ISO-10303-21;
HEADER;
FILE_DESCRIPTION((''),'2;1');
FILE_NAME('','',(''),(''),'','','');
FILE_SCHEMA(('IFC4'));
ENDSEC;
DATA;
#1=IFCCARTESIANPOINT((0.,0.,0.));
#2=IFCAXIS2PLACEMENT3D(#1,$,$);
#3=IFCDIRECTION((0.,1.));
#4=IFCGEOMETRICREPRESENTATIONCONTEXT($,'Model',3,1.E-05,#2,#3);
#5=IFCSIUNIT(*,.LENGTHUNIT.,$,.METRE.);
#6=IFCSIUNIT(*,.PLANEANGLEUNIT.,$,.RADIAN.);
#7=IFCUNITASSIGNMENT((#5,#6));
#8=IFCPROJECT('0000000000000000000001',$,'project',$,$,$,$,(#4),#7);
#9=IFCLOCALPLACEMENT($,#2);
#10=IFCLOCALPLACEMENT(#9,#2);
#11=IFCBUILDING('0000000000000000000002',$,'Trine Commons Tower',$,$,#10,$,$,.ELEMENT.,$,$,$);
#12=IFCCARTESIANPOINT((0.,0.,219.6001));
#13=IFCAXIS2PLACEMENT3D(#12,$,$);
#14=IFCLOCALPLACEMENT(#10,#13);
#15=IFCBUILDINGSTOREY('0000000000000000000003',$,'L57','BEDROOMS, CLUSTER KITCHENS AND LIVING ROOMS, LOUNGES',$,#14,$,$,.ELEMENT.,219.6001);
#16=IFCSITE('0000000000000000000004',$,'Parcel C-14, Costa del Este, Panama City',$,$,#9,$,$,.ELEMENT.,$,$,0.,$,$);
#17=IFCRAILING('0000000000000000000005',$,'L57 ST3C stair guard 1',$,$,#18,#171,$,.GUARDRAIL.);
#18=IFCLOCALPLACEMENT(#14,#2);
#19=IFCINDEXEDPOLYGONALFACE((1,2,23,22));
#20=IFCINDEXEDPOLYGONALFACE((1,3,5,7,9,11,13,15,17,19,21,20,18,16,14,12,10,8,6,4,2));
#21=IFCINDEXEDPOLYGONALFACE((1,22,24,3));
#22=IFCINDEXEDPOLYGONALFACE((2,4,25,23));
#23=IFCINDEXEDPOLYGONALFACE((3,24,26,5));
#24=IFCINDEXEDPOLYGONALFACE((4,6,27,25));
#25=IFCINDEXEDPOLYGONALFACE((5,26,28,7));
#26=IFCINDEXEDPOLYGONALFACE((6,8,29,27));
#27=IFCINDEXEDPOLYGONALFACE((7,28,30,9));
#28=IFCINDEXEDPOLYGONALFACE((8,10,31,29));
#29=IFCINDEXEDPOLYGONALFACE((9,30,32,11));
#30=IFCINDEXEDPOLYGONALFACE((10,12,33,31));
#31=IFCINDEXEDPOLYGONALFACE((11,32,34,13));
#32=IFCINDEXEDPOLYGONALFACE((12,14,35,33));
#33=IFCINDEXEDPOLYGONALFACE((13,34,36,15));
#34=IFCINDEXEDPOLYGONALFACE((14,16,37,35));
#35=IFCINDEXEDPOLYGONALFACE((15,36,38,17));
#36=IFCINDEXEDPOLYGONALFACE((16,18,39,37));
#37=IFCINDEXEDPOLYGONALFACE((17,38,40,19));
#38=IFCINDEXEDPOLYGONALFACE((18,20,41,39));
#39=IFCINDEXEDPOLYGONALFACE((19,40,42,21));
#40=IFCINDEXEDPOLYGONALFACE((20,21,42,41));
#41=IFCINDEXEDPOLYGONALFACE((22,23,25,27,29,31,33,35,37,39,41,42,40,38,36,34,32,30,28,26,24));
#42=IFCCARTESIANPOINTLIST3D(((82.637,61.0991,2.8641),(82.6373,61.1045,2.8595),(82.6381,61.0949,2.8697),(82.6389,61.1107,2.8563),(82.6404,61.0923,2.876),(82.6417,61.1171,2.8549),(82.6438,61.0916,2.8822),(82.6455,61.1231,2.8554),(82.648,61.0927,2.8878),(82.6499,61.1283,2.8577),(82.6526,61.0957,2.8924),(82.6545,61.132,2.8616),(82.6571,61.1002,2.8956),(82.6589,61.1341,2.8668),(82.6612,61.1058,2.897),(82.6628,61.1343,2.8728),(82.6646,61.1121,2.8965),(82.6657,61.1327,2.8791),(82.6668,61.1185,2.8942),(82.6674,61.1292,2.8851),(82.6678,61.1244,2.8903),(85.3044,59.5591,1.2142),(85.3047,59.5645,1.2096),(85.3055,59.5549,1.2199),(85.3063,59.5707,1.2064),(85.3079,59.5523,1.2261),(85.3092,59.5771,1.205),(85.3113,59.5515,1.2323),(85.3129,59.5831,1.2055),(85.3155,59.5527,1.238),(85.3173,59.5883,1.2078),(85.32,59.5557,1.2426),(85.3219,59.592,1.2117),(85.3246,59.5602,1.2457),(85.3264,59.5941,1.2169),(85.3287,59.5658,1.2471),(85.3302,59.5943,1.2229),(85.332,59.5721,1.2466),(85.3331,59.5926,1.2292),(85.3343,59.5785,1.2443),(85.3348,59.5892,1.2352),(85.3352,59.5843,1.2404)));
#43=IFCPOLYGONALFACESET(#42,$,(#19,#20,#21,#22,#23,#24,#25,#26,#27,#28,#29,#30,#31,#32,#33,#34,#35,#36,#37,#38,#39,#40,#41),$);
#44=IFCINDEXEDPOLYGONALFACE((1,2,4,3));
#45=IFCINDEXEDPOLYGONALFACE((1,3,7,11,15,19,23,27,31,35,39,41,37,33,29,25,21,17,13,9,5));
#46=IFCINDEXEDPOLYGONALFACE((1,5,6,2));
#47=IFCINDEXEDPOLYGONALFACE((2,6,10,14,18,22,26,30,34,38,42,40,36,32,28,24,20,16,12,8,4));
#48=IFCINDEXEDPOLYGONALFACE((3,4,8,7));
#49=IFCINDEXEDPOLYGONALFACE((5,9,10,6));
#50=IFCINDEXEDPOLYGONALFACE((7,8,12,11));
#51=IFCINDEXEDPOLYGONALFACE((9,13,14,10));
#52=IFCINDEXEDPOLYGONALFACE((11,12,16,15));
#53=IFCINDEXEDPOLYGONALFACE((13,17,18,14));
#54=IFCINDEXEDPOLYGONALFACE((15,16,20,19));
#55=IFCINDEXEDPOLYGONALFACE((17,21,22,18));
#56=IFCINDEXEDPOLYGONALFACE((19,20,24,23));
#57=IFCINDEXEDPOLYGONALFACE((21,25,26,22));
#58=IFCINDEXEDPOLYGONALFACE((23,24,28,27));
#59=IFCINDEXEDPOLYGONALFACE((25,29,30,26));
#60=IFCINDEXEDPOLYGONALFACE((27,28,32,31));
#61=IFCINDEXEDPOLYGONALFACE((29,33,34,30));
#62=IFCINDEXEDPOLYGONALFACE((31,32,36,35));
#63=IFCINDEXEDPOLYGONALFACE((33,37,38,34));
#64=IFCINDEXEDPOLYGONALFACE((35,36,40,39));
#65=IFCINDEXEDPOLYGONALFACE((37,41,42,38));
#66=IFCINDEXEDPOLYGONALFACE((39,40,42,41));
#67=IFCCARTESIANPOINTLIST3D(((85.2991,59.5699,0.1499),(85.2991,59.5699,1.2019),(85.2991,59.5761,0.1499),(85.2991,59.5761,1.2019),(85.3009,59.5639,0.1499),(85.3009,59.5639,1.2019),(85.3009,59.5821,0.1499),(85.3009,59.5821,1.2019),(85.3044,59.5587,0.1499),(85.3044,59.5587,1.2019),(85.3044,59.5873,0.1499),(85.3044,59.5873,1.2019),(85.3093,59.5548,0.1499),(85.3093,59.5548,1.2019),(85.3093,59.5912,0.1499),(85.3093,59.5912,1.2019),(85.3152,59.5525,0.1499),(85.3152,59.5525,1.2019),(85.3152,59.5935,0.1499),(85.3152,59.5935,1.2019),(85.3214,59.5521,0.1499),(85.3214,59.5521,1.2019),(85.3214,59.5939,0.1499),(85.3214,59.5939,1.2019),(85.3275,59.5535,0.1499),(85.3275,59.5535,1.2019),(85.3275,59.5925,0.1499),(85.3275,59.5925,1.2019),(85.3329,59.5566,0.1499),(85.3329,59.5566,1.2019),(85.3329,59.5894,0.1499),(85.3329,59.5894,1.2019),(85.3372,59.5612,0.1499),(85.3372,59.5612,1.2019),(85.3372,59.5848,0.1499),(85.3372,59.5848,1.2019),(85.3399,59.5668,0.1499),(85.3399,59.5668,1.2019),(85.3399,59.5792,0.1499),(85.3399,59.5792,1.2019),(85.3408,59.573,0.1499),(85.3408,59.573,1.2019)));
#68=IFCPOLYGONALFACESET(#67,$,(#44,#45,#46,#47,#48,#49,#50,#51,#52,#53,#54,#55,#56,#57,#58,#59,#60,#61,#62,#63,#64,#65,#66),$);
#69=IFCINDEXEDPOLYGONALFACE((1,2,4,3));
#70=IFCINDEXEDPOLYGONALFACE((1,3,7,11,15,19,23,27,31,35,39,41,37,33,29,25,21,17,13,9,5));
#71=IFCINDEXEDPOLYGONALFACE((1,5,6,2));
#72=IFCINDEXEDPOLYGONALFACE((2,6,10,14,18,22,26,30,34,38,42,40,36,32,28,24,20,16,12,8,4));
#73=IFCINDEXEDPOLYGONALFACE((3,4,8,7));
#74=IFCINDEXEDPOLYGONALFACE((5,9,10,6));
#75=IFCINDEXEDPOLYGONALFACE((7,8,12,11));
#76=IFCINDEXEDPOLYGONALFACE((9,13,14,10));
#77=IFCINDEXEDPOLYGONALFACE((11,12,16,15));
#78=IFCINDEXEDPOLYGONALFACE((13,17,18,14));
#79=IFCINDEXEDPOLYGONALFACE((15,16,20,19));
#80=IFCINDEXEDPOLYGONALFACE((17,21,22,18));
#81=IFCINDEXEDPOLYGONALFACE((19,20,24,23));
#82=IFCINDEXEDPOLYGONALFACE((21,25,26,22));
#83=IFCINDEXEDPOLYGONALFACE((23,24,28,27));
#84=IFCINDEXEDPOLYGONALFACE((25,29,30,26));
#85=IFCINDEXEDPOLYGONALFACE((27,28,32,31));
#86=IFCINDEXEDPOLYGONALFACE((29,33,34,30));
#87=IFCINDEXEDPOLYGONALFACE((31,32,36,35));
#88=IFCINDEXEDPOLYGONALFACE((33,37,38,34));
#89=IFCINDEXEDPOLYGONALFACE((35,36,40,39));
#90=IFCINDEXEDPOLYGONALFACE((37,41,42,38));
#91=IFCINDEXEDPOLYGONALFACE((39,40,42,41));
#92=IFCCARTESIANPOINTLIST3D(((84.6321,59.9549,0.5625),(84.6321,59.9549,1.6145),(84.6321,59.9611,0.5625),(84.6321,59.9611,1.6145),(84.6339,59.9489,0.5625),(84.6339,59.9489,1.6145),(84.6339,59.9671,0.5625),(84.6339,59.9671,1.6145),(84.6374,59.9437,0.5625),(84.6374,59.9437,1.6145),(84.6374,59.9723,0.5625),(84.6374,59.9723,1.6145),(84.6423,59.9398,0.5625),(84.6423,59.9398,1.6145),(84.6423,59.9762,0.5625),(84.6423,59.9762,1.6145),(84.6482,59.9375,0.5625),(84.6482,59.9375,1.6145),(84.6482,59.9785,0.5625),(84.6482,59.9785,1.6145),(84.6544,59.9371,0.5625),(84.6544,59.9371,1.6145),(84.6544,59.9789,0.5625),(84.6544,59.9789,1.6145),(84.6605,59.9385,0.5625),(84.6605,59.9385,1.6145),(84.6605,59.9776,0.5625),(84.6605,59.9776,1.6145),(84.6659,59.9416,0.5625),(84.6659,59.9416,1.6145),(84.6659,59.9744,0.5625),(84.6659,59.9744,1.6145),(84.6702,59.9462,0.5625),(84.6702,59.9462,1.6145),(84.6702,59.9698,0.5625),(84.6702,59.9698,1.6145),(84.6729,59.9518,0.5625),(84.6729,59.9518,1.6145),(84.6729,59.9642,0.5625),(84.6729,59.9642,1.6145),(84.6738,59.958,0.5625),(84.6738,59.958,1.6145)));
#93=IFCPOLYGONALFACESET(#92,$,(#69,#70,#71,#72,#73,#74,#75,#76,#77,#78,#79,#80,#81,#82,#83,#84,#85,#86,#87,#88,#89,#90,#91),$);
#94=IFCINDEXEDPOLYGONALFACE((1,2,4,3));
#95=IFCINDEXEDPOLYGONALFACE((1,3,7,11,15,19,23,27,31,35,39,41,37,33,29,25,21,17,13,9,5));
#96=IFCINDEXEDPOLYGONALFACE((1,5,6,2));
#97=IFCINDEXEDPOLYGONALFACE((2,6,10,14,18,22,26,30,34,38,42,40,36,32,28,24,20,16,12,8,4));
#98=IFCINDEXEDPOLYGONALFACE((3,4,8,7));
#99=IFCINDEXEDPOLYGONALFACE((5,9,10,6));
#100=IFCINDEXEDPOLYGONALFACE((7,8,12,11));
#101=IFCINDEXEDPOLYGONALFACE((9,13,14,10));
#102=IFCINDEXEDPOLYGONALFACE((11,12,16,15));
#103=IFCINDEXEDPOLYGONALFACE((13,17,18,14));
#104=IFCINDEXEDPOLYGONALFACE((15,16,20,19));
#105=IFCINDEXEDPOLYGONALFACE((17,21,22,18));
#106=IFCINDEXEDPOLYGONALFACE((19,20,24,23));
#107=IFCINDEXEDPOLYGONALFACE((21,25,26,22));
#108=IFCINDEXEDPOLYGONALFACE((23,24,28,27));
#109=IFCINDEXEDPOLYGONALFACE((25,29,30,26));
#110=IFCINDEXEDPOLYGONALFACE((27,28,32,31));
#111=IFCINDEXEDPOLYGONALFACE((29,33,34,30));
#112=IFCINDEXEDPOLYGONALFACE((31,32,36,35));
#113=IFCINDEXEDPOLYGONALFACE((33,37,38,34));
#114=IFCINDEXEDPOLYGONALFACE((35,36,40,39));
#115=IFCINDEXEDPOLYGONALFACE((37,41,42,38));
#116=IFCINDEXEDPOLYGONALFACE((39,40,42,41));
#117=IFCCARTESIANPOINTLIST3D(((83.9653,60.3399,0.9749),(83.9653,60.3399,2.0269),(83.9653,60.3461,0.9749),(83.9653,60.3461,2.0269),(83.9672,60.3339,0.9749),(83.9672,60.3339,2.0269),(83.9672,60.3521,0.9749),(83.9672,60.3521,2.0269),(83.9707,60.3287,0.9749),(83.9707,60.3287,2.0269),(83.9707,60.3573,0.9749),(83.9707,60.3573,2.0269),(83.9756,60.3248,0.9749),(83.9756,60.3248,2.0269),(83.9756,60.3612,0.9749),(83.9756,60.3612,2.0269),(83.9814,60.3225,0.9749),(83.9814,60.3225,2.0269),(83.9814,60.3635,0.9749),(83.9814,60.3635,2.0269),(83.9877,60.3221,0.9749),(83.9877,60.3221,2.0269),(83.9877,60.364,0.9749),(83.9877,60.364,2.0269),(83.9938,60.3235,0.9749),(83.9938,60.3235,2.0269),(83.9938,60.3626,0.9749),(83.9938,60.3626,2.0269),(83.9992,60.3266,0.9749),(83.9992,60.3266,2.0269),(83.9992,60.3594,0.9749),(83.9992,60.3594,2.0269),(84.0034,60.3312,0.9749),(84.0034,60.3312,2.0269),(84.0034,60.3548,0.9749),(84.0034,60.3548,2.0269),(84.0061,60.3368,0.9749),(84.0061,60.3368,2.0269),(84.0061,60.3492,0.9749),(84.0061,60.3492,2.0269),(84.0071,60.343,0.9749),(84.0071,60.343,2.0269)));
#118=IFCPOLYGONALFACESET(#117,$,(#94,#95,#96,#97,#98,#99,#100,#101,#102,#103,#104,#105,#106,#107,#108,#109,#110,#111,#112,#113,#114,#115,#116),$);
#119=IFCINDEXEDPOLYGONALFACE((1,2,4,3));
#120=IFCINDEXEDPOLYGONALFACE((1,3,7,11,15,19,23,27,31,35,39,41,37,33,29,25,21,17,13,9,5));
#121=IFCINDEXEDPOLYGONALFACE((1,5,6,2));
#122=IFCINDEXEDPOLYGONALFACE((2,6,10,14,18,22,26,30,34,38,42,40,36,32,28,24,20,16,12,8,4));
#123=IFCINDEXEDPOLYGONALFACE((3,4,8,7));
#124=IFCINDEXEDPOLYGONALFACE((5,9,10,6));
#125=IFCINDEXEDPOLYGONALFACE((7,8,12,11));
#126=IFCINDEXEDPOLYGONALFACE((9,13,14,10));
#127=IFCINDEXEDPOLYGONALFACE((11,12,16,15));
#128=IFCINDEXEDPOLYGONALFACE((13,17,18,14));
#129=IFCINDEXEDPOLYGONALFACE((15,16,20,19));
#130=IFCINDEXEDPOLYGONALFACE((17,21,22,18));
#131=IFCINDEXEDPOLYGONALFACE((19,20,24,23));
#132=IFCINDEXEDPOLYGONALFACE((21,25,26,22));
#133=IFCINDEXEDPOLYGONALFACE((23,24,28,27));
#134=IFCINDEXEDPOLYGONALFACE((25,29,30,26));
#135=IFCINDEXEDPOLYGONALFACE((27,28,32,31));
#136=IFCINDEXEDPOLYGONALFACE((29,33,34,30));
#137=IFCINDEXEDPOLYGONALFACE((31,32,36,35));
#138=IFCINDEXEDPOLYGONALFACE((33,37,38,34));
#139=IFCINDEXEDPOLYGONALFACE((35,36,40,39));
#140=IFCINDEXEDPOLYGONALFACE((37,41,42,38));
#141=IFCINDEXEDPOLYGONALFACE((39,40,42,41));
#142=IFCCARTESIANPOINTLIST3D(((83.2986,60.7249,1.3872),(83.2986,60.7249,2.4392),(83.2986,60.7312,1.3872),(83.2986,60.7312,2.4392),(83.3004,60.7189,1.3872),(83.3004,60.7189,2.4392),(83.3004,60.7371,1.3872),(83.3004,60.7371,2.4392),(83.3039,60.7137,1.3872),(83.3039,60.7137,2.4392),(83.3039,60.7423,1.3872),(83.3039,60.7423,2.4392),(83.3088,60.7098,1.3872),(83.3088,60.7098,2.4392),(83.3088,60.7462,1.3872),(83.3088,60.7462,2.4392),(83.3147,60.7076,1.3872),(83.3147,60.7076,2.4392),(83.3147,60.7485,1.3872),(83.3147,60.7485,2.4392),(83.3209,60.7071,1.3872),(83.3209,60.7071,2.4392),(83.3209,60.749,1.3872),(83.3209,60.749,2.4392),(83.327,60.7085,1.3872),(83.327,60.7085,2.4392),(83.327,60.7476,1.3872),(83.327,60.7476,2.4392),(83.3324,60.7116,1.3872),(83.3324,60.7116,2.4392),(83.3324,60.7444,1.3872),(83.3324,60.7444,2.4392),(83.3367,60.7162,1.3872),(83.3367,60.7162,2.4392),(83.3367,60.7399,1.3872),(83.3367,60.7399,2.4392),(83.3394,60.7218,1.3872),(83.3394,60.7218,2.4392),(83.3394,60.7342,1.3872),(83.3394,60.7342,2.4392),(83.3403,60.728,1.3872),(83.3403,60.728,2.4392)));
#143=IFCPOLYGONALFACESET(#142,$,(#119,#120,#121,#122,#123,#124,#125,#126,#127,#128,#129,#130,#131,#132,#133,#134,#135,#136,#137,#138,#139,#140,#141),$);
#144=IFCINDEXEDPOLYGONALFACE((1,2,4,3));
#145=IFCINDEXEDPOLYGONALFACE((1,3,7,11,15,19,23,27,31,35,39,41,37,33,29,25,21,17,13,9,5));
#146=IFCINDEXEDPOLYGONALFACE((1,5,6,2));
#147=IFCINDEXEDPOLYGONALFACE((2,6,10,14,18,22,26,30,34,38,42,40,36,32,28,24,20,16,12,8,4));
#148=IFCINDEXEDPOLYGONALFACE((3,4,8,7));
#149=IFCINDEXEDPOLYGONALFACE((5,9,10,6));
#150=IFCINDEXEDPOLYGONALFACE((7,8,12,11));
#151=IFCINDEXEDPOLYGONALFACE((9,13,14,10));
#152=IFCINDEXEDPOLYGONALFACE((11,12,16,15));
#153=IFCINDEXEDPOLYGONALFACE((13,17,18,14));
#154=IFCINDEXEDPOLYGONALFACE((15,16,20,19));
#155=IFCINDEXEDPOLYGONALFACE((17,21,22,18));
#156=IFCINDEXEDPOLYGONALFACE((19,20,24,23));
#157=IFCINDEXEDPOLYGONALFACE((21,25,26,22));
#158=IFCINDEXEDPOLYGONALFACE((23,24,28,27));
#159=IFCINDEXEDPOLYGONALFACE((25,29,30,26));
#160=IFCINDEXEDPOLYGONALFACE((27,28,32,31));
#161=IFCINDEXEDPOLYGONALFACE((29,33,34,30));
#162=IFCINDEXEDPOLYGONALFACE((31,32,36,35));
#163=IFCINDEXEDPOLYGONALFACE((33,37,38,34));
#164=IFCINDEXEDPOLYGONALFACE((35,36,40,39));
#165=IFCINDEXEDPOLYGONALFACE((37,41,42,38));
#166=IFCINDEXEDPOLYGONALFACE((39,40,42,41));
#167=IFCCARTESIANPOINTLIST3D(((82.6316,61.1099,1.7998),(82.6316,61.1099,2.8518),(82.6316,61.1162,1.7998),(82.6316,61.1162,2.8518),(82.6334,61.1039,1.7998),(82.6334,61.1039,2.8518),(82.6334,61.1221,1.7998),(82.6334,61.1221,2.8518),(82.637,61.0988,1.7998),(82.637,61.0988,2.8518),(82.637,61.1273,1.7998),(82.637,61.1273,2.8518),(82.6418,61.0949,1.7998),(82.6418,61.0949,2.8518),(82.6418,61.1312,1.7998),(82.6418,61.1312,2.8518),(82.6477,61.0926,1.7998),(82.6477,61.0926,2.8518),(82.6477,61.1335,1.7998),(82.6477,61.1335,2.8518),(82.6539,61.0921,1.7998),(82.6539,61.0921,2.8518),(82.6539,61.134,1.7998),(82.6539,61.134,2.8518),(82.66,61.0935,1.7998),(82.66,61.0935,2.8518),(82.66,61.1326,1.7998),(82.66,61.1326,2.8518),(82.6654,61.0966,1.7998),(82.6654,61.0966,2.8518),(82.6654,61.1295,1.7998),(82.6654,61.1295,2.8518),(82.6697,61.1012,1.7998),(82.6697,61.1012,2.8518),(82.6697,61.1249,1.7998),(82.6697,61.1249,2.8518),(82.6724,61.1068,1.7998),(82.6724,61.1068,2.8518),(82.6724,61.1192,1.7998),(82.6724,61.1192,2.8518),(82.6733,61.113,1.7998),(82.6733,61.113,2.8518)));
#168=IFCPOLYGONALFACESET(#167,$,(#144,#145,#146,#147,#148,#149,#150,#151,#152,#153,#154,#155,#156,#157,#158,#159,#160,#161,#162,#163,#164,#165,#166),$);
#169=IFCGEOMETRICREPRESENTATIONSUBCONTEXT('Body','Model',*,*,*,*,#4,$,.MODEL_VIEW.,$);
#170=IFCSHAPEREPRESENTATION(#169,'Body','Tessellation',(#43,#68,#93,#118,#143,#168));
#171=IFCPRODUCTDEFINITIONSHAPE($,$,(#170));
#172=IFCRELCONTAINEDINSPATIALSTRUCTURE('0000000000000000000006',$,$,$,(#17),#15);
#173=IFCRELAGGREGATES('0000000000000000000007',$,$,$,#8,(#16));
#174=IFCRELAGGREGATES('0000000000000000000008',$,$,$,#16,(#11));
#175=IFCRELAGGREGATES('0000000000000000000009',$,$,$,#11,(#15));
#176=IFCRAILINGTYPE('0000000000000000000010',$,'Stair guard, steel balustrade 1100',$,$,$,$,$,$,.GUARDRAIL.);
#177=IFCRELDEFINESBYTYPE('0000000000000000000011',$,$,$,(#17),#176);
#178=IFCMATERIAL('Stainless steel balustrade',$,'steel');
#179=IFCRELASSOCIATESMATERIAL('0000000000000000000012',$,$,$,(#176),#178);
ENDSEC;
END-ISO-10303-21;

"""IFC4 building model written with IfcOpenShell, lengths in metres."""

from ifc_helpers import new_model, si_unit, direction, frame, origin, origin_2d, place, context, subcontext, project, spatial, circle, extrude, material, type_object, element, save


model = new_model("IFC4")

# Units and contexts
model_context = context("Model", 3, precision=1e-05, world=origin(), true_north=direction((0.0, 1.0)))
body_context = subcontext(model_context, "Body", "Model", "MODEL_VIEW")
ifc_project = project(units=[si_unit("LENGTHUNIT", "METRE"), si_unit("PLANEANGLEUNIT", "RADIAN")], contexts=[model_context])

# Site, building, storey
site_placement = place(None, origin())
site = spatial("IfcSite", under=ifc_project, at=site_placement, Name="Parcel C-14, Costa del Este, Panama City", CompositionType="ELEMENT", RefElevation=0.0)
building_placement = place(site_placement, origin())
building = spatial("IfcBuilding", under=site, at=building_placement, Name="Trine Commons Tower", CompositionType="ELEMENT")
storey_placement = place(building_placement, frame((0.0, 0.0, 219.6001)))
storey = spatial("IfcBuildingStorey", under=building, at=storey_placement, Name="L57", Description="BEDROOMS, CLUSTER KITCHENS AND LIVING ROOMS, LOUNGES", CompositionType="ELEMENT", Elevation=219.6001)

# Railing
ifc_material_1 = material(Name="Stainless steel balustrade", Category="steel")
railing_type_1 = type_object("IfcRailingType", Name="Stair guard, steel balustrade 1100", PredefinedType="GUARDRAIL", material=ifc_material_1)
railing_1_placement = place(storey_placement, frame((85.3198, 59.573, 0.1499)))
element("IfcRailing", 1, at=railing_1_placement, inside=storey, type_object=railing_type_1, Name="L57 ST3C stair guard 1", PredefinedType="GUARDRAIL", context=body_context, shape_type="SweptSolid", body=[
    extrude(circle(Radius=0.0239, at=origin_2d()), frame((0.0, 0.0, 1.0762), z_axis=(-0.763405, 0.440743, 0.472185), x_axis=(-0.499992, -0.86603, 0.0)), (0.0, 0.0, 1.0), 3.4941),
    extrude(circle(Radius=0.021, at=origin_2d()), origin(), (0.0, 0.0, 1.0), 1.052),
    extrude(circle(Radius=0.021, at=origin_2d()), frame((-0.667, 0.385, 0.4126)), (0.0, 0.0, 1.0), 1.052),
    extrude(circle(Radius=0.021, at=origin_2d()), frame((-1.3337, 0.77, 0.825)), (0.0, 0.0, 1.0), 1.052),
    extrude(circle(Radius=0.021, at=origin_2d()), frame((-2.0005, 1.155, 1.2373)), (0.0, 0.0, 1.0), 1.052),
    extrude(circle(Radius=0.021, at=origin_2d()), frame((-2.6675, 1.54, 1.6499)), (0.0, 0.0, 1.0), 1.052),
])

save(model, "model.ifc")
